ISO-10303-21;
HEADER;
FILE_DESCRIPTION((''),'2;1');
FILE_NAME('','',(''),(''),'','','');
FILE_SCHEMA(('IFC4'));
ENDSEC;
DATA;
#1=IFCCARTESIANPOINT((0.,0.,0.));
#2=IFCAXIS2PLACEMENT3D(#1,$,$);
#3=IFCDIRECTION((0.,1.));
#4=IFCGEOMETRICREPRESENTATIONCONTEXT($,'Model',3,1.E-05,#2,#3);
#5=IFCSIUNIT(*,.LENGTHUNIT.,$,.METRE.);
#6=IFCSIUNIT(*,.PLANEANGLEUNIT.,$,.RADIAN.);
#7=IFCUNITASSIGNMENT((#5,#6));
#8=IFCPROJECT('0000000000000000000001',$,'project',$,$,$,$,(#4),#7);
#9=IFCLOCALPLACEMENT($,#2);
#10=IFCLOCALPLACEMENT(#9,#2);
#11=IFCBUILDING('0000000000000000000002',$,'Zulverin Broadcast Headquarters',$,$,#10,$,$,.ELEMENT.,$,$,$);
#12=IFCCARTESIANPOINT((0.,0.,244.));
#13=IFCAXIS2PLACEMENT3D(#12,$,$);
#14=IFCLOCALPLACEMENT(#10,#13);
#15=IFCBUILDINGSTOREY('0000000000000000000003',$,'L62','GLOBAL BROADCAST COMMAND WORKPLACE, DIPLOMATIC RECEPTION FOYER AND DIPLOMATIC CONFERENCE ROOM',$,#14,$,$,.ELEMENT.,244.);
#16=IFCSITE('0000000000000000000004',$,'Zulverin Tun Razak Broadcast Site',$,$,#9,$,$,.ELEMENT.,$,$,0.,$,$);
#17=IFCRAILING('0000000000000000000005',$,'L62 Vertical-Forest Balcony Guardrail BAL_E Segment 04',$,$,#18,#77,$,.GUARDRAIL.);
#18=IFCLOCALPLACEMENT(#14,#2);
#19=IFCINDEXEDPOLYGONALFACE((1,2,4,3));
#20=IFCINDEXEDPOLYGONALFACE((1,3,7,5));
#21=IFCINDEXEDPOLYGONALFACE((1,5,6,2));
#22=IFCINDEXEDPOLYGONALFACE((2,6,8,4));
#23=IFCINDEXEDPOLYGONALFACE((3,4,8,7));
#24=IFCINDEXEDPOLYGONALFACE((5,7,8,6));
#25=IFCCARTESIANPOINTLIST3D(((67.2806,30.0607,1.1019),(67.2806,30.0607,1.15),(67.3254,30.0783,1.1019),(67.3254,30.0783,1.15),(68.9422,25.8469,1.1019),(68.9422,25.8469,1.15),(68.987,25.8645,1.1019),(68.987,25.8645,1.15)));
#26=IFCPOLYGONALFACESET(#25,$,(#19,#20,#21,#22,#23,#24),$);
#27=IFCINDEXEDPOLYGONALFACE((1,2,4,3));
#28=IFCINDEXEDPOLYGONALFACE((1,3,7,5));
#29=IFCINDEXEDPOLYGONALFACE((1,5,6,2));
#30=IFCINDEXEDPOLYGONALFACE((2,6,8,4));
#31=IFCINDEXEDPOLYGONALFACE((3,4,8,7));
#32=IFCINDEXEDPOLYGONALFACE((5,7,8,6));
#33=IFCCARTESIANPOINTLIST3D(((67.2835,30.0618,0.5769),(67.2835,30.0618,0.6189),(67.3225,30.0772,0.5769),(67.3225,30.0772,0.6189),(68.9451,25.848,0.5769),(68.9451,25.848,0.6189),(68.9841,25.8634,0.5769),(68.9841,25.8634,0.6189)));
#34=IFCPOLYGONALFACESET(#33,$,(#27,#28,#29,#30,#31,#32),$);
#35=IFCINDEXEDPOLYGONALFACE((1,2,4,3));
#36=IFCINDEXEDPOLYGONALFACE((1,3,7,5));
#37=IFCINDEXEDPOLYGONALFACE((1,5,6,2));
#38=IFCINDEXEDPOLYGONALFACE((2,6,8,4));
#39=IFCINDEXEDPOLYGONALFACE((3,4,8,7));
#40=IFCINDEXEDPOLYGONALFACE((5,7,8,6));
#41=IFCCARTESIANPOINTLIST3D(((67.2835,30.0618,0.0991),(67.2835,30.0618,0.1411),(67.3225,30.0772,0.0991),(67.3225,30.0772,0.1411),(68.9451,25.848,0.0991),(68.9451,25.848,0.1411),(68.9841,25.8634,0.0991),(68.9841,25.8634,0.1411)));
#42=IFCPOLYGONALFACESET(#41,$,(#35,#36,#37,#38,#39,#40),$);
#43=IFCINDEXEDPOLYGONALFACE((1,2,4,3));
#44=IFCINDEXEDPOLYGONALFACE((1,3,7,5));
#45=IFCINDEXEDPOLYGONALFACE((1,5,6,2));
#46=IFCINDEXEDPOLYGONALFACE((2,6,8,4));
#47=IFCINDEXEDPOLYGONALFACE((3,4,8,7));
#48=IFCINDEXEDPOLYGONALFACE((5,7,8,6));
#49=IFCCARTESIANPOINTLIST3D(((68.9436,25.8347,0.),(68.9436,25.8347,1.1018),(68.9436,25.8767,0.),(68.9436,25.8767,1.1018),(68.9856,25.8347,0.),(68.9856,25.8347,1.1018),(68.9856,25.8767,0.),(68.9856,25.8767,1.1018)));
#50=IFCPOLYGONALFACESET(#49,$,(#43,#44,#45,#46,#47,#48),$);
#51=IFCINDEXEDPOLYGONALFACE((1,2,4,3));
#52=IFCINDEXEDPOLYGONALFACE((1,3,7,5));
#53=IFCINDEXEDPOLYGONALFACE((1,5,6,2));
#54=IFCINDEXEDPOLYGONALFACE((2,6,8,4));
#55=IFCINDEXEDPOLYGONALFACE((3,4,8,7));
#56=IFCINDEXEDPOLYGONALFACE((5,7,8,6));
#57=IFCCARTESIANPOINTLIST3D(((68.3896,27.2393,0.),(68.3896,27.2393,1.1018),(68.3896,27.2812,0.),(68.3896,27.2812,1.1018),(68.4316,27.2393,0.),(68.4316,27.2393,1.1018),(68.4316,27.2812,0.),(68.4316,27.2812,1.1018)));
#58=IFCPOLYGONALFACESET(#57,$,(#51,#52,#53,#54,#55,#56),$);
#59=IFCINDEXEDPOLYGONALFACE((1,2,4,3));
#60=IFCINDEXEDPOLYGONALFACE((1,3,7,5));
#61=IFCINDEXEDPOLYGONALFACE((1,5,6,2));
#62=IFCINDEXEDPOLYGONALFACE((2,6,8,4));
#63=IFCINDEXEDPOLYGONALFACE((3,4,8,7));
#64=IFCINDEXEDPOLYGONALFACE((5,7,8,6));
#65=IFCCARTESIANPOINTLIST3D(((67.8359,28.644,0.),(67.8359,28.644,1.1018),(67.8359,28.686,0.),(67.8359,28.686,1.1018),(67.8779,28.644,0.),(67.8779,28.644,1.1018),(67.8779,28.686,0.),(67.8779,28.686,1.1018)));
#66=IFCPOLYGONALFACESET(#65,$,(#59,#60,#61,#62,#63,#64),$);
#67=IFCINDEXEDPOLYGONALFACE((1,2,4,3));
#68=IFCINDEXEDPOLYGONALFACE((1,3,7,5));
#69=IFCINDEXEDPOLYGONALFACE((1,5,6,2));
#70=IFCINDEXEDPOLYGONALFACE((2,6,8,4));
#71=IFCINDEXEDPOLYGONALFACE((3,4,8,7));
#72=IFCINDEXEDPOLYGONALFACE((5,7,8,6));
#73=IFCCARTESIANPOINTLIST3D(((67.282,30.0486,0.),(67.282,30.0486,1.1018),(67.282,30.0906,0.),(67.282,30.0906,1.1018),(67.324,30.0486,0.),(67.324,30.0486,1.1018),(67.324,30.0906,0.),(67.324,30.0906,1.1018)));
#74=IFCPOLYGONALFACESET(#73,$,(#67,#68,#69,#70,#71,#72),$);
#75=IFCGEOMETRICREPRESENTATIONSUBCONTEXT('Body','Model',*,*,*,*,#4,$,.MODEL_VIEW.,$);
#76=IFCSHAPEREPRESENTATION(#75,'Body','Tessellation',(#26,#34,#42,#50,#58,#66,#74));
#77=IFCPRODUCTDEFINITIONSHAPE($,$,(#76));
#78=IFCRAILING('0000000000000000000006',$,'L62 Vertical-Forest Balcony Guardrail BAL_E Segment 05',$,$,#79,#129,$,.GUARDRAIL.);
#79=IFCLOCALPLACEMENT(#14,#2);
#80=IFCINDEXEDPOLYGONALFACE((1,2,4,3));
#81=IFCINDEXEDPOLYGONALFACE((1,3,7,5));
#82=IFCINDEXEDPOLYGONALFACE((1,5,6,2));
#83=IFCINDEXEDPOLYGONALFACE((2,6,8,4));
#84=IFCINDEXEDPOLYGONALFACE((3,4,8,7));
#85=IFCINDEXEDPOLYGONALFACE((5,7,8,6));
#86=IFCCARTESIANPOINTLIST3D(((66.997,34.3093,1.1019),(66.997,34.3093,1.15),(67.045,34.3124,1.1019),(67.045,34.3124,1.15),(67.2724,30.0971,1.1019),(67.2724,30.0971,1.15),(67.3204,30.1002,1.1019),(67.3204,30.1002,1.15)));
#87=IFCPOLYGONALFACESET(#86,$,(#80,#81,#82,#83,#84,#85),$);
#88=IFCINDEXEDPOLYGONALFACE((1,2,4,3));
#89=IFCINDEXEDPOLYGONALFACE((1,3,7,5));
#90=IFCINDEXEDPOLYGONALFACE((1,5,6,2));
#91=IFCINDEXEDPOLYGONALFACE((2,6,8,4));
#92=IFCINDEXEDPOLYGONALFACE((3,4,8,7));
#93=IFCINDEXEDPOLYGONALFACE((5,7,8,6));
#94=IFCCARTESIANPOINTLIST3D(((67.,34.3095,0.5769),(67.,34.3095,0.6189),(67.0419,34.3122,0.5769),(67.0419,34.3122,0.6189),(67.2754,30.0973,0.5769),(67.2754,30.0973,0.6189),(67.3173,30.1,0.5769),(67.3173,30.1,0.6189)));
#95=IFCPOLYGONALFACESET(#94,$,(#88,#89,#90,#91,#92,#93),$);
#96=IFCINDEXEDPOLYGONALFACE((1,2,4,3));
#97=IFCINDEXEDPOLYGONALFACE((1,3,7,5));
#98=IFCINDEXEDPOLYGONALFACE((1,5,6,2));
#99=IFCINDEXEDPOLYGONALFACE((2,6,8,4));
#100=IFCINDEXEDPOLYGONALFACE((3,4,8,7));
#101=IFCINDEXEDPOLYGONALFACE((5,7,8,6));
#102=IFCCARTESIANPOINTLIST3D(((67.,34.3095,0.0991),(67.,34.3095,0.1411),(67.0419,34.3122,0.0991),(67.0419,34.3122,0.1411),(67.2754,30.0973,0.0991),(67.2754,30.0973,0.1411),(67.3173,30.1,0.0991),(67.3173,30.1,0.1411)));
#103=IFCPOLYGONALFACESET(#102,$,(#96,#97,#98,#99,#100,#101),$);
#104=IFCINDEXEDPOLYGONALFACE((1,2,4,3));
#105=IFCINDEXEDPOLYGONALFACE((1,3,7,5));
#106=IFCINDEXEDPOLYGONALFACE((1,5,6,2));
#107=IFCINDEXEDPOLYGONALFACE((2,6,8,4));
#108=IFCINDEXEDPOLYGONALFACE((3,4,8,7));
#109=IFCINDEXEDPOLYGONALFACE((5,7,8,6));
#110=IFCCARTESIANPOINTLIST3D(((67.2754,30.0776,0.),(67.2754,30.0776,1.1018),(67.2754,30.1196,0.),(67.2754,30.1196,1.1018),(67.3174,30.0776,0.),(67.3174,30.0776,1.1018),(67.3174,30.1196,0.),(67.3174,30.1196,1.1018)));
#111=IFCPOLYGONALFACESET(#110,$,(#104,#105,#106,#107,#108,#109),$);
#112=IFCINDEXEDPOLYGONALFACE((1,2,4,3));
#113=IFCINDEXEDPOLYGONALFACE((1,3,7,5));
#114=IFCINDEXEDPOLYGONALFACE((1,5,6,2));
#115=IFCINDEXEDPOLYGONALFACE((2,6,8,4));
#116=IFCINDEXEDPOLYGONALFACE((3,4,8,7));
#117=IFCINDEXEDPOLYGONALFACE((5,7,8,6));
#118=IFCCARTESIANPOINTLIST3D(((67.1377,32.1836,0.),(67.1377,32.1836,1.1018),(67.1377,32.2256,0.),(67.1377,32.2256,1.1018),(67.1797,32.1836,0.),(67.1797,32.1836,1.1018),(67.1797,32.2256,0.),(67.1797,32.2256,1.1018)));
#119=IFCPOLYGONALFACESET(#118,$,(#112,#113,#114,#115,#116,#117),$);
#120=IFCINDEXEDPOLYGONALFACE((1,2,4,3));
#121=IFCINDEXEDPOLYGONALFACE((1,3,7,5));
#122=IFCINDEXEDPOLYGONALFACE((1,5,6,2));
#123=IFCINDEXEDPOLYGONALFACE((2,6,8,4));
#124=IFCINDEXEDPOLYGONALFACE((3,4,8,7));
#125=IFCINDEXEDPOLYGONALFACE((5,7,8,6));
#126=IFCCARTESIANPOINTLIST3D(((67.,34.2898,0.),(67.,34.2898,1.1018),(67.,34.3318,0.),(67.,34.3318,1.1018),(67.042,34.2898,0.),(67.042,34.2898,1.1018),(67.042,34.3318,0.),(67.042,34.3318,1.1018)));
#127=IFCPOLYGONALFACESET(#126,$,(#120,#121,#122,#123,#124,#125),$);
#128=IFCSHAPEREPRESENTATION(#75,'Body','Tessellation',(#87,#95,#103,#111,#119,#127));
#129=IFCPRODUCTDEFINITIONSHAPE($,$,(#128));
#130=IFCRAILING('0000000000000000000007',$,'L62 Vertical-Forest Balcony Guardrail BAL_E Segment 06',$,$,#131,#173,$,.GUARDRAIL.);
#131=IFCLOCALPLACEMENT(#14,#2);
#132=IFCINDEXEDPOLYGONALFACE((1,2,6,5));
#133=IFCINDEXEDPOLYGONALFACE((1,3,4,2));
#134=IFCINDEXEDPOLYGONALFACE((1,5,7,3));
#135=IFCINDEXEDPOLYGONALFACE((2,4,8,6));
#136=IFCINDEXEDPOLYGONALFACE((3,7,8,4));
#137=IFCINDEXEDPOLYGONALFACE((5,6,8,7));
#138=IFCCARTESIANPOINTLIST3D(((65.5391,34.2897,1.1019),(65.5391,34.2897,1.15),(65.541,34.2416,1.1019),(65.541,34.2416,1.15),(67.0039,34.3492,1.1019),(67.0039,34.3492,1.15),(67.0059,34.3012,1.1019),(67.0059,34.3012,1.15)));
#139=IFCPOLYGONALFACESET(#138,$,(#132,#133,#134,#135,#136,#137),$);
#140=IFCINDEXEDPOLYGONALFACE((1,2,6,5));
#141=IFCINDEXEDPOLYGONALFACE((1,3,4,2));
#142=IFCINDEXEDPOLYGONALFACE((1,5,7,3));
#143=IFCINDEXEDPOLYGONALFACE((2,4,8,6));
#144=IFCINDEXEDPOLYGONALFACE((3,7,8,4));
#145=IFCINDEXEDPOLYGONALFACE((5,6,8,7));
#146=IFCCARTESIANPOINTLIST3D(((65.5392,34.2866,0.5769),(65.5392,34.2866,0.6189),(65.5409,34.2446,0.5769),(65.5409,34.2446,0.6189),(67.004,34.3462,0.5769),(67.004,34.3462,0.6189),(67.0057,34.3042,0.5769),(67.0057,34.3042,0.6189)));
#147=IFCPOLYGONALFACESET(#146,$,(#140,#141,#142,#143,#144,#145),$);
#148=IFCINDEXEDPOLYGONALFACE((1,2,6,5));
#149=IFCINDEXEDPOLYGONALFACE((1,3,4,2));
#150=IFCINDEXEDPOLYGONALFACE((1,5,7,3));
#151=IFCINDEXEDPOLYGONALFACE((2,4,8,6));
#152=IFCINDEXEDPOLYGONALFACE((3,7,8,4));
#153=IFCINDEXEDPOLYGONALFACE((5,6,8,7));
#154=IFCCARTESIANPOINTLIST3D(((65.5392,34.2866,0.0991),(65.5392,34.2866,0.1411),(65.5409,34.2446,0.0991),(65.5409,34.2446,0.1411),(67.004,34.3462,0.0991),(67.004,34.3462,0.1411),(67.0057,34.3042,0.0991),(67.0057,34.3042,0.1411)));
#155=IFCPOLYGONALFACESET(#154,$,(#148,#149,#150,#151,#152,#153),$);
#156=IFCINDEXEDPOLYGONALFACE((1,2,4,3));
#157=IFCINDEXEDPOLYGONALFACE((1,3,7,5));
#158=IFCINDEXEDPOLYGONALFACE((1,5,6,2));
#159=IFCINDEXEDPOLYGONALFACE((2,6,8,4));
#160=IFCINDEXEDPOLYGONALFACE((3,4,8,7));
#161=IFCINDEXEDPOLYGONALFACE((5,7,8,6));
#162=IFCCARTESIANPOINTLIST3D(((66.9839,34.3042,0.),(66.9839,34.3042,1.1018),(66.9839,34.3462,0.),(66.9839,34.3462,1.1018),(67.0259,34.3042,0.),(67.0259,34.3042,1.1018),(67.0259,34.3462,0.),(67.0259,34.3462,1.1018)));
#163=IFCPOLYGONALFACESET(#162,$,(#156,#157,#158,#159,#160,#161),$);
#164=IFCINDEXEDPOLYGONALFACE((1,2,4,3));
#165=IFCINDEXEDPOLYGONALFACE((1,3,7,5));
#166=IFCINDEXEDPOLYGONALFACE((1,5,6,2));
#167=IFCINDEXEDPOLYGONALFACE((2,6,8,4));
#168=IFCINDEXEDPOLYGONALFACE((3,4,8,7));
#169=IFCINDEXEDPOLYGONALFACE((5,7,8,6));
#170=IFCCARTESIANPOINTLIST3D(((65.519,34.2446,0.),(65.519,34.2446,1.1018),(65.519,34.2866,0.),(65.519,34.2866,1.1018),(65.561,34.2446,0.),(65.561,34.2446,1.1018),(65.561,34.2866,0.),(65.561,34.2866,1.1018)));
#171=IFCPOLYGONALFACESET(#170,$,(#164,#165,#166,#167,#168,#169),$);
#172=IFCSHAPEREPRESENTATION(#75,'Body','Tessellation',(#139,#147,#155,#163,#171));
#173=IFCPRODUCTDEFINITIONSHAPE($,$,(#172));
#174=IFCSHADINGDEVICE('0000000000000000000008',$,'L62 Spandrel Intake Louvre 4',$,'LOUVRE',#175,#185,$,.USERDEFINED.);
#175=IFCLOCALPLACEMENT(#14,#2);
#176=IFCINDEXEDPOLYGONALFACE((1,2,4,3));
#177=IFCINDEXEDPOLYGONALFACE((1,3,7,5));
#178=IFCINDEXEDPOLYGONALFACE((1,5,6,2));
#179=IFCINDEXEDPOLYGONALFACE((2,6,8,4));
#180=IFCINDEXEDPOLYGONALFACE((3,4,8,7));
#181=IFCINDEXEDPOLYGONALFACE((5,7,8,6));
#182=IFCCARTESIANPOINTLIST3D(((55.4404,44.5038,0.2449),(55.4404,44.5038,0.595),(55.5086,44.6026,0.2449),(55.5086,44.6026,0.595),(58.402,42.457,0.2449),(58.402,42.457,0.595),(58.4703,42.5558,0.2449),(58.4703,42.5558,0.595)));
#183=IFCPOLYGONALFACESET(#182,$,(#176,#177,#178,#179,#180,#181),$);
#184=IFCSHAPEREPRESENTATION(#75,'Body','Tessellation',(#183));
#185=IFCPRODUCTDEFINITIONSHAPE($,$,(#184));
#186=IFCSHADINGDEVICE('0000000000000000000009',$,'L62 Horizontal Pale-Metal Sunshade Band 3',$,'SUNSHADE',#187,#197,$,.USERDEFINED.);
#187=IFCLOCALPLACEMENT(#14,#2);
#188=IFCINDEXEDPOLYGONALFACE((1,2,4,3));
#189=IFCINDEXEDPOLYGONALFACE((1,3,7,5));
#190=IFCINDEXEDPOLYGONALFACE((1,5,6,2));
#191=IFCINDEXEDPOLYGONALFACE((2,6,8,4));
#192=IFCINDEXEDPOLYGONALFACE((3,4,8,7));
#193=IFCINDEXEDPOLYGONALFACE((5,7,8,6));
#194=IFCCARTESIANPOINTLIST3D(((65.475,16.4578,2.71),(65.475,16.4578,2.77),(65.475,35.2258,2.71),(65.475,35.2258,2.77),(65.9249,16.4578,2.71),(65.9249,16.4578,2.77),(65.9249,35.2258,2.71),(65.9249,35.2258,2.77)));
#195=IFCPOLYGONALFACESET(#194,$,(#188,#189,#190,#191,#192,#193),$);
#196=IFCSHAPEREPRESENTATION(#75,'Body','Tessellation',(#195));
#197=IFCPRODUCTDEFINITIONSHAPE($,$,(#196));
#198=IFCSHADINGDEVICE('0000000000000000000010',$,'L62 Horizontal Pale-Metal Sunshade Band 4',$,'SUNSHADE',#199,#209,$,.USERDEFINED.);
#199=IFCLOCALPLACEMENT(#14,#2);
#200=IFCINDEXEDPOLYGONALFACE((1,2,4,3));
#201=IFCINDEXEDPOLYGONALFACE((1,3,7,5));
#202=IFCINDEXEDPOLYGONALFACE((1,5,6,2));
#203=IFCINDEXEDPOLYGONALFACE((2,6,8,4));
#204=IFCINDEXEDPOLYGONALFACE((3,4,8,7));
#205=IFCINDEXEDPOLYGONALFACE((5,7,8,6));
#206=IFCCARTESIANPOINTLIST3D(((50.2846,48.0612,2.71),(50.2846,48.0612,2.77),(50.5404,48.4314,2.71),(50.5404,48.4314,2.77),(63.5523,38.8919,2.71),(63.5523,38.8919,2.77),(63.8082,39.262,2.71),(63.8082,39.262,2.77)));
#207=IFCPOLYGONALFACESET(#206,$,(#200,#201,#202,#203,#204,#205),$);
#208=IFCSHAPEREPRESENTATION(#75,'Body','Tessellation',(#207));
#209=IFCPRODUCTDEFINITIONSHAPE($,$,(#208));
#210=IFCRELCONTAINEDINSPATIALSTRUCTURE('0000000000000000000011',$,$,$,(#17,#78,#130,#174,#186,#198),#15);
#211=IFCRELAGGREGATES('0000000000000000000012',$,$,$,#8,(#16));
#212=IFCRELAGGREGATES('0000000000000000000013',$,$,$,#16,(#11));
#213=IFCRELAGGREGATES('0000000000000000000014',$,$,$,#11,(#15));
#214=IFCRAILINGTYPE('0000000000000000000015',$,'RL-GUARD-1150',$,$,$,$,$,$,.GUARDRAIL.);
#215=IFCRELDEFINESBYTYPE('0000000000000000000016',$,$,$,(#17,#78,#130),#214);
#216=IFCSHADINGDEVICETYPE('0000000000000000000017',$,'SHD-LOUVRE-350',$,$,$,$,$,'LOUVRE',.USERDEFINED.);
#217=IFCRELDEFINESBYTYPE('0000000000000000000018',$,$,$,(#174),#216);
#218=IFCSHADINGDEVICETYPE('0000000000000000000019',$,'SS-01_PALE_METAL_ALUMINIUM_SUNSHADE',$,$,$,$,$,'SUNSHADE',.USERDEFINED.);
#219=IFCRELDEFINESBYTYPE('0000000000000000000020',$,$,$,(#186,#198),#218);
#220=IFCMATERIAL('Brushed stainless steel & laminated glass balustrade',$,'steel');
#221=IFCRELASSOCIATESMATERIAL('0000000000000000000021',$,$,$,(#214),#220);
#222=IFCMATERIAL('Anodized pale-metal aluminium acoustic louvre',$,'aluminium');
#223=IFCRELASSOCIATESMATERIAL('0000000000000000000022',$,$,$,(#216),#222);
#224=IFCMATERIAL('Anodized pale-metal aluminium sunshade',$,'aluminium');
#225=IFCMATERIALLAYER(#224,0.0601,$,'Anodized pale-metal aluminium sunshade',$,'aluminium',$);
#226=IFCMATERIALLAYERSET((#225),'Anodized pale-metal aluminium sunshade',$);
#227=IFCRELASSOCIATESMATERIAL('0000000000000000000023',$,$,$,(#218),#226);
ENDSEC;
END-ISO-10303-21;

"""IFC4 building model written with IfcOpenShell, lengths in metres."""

from ifc_helpers import new_model, si_unit, direction, frame, origin, origin_2d, place, context, subcontext, project, spatial, rectangle, extrude, material, layer, layer_set, type_object, element, save


model = new_model("IFC4")

# Units and contexts
model_context = context("Model", 3, precision=1e-05, world=origin(), true_north=direction((0.0, 1.0)))
body_context = subcontext(model_context, "Body", "Model", "MODEL_VIEW")
ifc_project = project(units=[si_unit("LENGTHUNIT", "METRE"), si_unit("PLANEANGLEUNIT", "RADIAN")], contexts=[model_context])

# Site, building, storey
site_placement = place(None, origin())
site = spatial("IfcSite", under=ifc_project, at=site_placement, Name="Zulverin Tun Razak Broadcast Site", CompositionType="ELEMENT", RefElevation=0.0)
building_placement = place(site_placement, origin())
building = spatial("IfcBuilding", under=site, at=building_placement, Name="Zulverin Broadcast Headquarters", CompositionType="ELEMENT")
storey_placement = place(building_placement, frame((0.0, 0.0, 244.0)))
storey = spatial("IfcBuildingStorey", under=building, at=storey_placement, Name="L62", Description="GLOBAL BROADCAST COMMAND WORKPLACE, DIPLOMATIC RECEPTION FOYER AND DIPLOMATIC CONFERENCE ROOM", CompositionType="ELEMENT", Elevation=244.0)

# Railings
ifc_material_1 = material(Name="Brushed stainless steel & laminated glass balustrade", Category="steel")
railing_type = type_object("IfcRailingType", Name="RL-GUARD-1150", PredefinedType="GUARDRAIL", material=ifc_material_1)
railing_1_placement = place(storey_placement, frame((68.9646, 25.8557, 0.0)))
element("IfcRailing", 1, at=railing_1_placement, inside=storey, type_object=railing_type, Name="L62 Vertical-Forest Balcony Guardrail BAL_E Segment 04", PredefinedType="GUARDRAIL", context=body_context, shape_type="SweptSolid", body=[
    extrude(rectangle(XDim=0.0481, YDim=0.0481, at=origin_2d()), frame((0.0, 0.0, 1.126), z_axis=(-0.366833, 0.930287, 0.0), x_axis=(-0.930287, -0.366833, 0.0)), (0.0, 0.0, 1.0), 4.5295),
    extrude(rectangle(XDim=0.042, YDim=0.042, at=origin_2d()), frame((0.0, 0.0, 0.5979), z_axis=(-0.366833, 0.930287, 0.0), x_axis=(-0.930287, -0.366833, 0.0)), (0.0, 0.0, 1.0), 4.5295),
    extrude(rectangle(XDim=0.042, YDim=0.042, at=origin_2d()), frame((0.0, 0.0, 0.1201), z_axis=(-0.366833, 0.930287, 0.0), x_axis=(-0.930287, -0.366833, 0.0)), (0.0, 0.0, 1.0), 4.5295),
    extrude(rectangle(XDim=0.042, YDim=0.042, at=origin_2d()), origin(), (0.0, 0.0, 1.0), 1.1018),
    extrude(rectangle(XDim=0.042, YDim=0.042, at=origin_2d()), frame((-0.554, 1.4045, 0.0)), (0.0, 0.0, 1.0), 1.1018),
    extrude(rectangle(XDim=0.042, YDim=0.042, at=origin_2d()), frame((-1.1077, 2.8093, 0.0)), (0.0, 0.0, 1.0), 1.1018),
    extrude(rectangle(XDim=0.042, YDim=0.042, at=origin_2d()), frame((-1.6616, 4.2139, 0.0)), (0.0, 0.0, 1.0), 1.1018),
])
railing_2_placement = place(storey_placement, frame((67.2964, 30.0986, 0.0)))
element("IfcRailing", 2, at=railing_2_placement, inside=storey, type_object=railing_type, Name="L62 Vertical-Forest Balcony Guardrail BAL_E Segment 05", PredefinedType="GUARDRAIL", context=body_context, shape_type="SweptSolid", body=[
    extrude(rectangle(XDim=0.0481, YDim=0.0481, at=origin_2d()), frame((0.0, 0.0, 1.126), z_axis=(-0.065241, 0.99787, 0.0), x_axis=(-0.99787, -0.065241, 0.0)), (0.0, 0.0, 1.0), 4.2212),
    extrude(rectangle(XDim=0.042, YDim=0.042, at=origin_2d()), frame((0.0, 0.0, 0.5979), z_axis=(-0.065241, 0.99787, 0.0), x_axis=(-0.99787, -0.065241, 0.0)), (0.0, 0.0, 1.0), 4.2212),
    extrude(rectangle(XDim=0.042, YDim=0.042, at=origin_2d()), frame((0.0, 0.0, 0.1201), z_axis=(-0.065241, 0.99787, 0.0), x_axis=(-0.99787, -0.065241, 0.0)), (0.0, 0.0, 1.0), 4.2212),
    extrude(rectangle(XDim=0.042, YDim=0.042, at=origin_2d()), origin(), (0.0, 0.0, 1.0), 1.1018),
    extrude(rectangle(XDim=0.042, YDim=0.042, at=origin_2d()), frame((-0.1377, 2.106, 0.0)), (0.0, 0.0, 1.0), 1.1018),
    extrude(rectangle(XDim=0.042, YDim=0.042, at=origin_2d()), frame((-0.2754, 4.2122, 0.0)), (0.0, 0.0, 1.0), 1.1018),
])
railing_3_placement = place(storey_placement, frame((67.0049, 34.3252, 0.0)))
element("IfcRailing", 3, at=railing_3_placement, inside=storey, type_object=railing_type, Name="L62 Vertical-Forest Balcony Guardrail BAL_E Segment 06", PredefinedType="GUARDRAIL", context=body_context, shape_type="SweptSolid", body=[
    extrude(rectangle(XDim=0.0481, YDim=0.0481, at=origin_2d()), frame((0.0, 0.0, 1.126), z_axis=(-0.999174, -0.040633, 0.0), x_axis=(0.040633, -0.999174, 0.0)), (0.0, 0.0, 1.0), 1.4661),
    extrude(rectangle(XDim=0.042, YDim=0.042, at=origin_2d()), frame((0.0, 0.0, 0.5979), z_axis=(-0.999174, -0.040633, 0.0), x_axis=(0.040633, -0.999174, 0.0)), (0.0, 0.0, 1.0), 1.4661),
    extrude(rectangle(XDim=0.042, YDim=0.042, at=origin_2d()), frame((0.0, 0.0, 0.1201), z_axis=(-0.999174, -0.040633, 0.0), x_axis=(0.040633, -0.999174, 0.0)), (0.0, 0.0, 1.0), 1.4661),
    extrude(rectangle(XDim=0.042, YDim=0.042, at=origin_2d()), origin(), (0.0, 0.0, 1.0), 1.1018),
    extrude(rectangle(XDim=0.042, YDim=0.042, at=origin_2d()), frame((-1.4648, -0.0596, 0.0)), (0.0, 0.0, 1.0), 1.1018),
])

# Shading devices
ifc_material_2 = material(Name="Anodized pale-metal aluminium acoustic louvre", Category="aluminium")
shading_device_type_1 = type_object("IfcShadingDeviceType", Name="SHD-LOUVRE-350", ElementType="LOUVRE", PredefinedType="USERDEFINED", material=ifc_material_2)
shading_device_1_placement = place(storey_placement, frame((56.9553, 43.5298, 0.2449), z_axis=(0.0, 0.0, 1.0), x_axis=(-0.822655, 0.56854, 0.0)))
element("IfcShadingDevice", 4, at=shading_device_1_placement, inside=storey, type_object=shading_device_type_1, Name="L62 Spandrel Intake Louvre 4", ObjectType="LOUVRE", PredefinedType="USERDEFINED", context=body_context, shape_type="SweptSolid", body=[
    extrude(rectangle(XDim=3.6001, YDim=0.1201, at=origin_2d()), origin(), (0.0, 0.0, 1.0), 0.3501),
])
ifc_material_3 = material(Name="Anodized pale-metal aluminium sunshade", Category="aluminium")
ifc_layer_1 = layer(ifc_material_3, 0.0601, Name="Anodized pale-metal aluminium sunshade", Category="aluminium")
ifc_layer_set_1 = layer_set([ifc_layer_1], Name="Anodized pale-metal aluminium sunshade")
shading_device_type_2 = type_object("IfcShadingDeviceType", Name="SS-01_PALE_METAL_ALUMINIUM_SUNSHADE", ElementType="SUNSHADE", PredefinedType="USERDEFINED", material=ifc_layer_set_1)
shading_device_2_placement = place(storey_placement, frame((65.7, 25.8418, 2.71), z_axis=(0.0, 0.0, 1.0), x_axis=(0.0, 1.0, 0.0)))
element("IfcShadingDevice", 5, at=shading_device_2_placement, inside=storey, type_object=shading_device_type_2, Name="L62 Horizontal Pale-Metal Sunshade Band 3", ObjectType="SUNSHADE", PredefinedType="USERDEFINED", context=body_context, shape_type="SweptSolid", body=[
    extrude(rectangle(XDim=18.7681, YDim=0.45, at=origin_2d()), origin(), (0.0, 0.0, 1.0), 0.0601),
])
shading_device_3_placement = place(storey_placement, frame((57.0464, 43.6616, 2.71), z_axis=(0.0, 0.0, 1.0), x_axis=(-0.822655, 0.56854, 0.0)))
element("IfcShadingDevice", 6, at=shading_device_3_placement, inside=storey, type_object=shading_device_type_2, Name="L62 Horizontal Pale-Metal Sunshade Band 4", ObjectType="SUNSHADE", PredefinedType="USERDEFINED", context=body_context, shape_type="SweptSolid", body=[
    extrude(rectangle(XDim=16.1279, YDim=0.45, at=origin_2d()), origin(), (0.0, 0.0, 1.0), 0.0601),
])

save(model, "model.ifc")
